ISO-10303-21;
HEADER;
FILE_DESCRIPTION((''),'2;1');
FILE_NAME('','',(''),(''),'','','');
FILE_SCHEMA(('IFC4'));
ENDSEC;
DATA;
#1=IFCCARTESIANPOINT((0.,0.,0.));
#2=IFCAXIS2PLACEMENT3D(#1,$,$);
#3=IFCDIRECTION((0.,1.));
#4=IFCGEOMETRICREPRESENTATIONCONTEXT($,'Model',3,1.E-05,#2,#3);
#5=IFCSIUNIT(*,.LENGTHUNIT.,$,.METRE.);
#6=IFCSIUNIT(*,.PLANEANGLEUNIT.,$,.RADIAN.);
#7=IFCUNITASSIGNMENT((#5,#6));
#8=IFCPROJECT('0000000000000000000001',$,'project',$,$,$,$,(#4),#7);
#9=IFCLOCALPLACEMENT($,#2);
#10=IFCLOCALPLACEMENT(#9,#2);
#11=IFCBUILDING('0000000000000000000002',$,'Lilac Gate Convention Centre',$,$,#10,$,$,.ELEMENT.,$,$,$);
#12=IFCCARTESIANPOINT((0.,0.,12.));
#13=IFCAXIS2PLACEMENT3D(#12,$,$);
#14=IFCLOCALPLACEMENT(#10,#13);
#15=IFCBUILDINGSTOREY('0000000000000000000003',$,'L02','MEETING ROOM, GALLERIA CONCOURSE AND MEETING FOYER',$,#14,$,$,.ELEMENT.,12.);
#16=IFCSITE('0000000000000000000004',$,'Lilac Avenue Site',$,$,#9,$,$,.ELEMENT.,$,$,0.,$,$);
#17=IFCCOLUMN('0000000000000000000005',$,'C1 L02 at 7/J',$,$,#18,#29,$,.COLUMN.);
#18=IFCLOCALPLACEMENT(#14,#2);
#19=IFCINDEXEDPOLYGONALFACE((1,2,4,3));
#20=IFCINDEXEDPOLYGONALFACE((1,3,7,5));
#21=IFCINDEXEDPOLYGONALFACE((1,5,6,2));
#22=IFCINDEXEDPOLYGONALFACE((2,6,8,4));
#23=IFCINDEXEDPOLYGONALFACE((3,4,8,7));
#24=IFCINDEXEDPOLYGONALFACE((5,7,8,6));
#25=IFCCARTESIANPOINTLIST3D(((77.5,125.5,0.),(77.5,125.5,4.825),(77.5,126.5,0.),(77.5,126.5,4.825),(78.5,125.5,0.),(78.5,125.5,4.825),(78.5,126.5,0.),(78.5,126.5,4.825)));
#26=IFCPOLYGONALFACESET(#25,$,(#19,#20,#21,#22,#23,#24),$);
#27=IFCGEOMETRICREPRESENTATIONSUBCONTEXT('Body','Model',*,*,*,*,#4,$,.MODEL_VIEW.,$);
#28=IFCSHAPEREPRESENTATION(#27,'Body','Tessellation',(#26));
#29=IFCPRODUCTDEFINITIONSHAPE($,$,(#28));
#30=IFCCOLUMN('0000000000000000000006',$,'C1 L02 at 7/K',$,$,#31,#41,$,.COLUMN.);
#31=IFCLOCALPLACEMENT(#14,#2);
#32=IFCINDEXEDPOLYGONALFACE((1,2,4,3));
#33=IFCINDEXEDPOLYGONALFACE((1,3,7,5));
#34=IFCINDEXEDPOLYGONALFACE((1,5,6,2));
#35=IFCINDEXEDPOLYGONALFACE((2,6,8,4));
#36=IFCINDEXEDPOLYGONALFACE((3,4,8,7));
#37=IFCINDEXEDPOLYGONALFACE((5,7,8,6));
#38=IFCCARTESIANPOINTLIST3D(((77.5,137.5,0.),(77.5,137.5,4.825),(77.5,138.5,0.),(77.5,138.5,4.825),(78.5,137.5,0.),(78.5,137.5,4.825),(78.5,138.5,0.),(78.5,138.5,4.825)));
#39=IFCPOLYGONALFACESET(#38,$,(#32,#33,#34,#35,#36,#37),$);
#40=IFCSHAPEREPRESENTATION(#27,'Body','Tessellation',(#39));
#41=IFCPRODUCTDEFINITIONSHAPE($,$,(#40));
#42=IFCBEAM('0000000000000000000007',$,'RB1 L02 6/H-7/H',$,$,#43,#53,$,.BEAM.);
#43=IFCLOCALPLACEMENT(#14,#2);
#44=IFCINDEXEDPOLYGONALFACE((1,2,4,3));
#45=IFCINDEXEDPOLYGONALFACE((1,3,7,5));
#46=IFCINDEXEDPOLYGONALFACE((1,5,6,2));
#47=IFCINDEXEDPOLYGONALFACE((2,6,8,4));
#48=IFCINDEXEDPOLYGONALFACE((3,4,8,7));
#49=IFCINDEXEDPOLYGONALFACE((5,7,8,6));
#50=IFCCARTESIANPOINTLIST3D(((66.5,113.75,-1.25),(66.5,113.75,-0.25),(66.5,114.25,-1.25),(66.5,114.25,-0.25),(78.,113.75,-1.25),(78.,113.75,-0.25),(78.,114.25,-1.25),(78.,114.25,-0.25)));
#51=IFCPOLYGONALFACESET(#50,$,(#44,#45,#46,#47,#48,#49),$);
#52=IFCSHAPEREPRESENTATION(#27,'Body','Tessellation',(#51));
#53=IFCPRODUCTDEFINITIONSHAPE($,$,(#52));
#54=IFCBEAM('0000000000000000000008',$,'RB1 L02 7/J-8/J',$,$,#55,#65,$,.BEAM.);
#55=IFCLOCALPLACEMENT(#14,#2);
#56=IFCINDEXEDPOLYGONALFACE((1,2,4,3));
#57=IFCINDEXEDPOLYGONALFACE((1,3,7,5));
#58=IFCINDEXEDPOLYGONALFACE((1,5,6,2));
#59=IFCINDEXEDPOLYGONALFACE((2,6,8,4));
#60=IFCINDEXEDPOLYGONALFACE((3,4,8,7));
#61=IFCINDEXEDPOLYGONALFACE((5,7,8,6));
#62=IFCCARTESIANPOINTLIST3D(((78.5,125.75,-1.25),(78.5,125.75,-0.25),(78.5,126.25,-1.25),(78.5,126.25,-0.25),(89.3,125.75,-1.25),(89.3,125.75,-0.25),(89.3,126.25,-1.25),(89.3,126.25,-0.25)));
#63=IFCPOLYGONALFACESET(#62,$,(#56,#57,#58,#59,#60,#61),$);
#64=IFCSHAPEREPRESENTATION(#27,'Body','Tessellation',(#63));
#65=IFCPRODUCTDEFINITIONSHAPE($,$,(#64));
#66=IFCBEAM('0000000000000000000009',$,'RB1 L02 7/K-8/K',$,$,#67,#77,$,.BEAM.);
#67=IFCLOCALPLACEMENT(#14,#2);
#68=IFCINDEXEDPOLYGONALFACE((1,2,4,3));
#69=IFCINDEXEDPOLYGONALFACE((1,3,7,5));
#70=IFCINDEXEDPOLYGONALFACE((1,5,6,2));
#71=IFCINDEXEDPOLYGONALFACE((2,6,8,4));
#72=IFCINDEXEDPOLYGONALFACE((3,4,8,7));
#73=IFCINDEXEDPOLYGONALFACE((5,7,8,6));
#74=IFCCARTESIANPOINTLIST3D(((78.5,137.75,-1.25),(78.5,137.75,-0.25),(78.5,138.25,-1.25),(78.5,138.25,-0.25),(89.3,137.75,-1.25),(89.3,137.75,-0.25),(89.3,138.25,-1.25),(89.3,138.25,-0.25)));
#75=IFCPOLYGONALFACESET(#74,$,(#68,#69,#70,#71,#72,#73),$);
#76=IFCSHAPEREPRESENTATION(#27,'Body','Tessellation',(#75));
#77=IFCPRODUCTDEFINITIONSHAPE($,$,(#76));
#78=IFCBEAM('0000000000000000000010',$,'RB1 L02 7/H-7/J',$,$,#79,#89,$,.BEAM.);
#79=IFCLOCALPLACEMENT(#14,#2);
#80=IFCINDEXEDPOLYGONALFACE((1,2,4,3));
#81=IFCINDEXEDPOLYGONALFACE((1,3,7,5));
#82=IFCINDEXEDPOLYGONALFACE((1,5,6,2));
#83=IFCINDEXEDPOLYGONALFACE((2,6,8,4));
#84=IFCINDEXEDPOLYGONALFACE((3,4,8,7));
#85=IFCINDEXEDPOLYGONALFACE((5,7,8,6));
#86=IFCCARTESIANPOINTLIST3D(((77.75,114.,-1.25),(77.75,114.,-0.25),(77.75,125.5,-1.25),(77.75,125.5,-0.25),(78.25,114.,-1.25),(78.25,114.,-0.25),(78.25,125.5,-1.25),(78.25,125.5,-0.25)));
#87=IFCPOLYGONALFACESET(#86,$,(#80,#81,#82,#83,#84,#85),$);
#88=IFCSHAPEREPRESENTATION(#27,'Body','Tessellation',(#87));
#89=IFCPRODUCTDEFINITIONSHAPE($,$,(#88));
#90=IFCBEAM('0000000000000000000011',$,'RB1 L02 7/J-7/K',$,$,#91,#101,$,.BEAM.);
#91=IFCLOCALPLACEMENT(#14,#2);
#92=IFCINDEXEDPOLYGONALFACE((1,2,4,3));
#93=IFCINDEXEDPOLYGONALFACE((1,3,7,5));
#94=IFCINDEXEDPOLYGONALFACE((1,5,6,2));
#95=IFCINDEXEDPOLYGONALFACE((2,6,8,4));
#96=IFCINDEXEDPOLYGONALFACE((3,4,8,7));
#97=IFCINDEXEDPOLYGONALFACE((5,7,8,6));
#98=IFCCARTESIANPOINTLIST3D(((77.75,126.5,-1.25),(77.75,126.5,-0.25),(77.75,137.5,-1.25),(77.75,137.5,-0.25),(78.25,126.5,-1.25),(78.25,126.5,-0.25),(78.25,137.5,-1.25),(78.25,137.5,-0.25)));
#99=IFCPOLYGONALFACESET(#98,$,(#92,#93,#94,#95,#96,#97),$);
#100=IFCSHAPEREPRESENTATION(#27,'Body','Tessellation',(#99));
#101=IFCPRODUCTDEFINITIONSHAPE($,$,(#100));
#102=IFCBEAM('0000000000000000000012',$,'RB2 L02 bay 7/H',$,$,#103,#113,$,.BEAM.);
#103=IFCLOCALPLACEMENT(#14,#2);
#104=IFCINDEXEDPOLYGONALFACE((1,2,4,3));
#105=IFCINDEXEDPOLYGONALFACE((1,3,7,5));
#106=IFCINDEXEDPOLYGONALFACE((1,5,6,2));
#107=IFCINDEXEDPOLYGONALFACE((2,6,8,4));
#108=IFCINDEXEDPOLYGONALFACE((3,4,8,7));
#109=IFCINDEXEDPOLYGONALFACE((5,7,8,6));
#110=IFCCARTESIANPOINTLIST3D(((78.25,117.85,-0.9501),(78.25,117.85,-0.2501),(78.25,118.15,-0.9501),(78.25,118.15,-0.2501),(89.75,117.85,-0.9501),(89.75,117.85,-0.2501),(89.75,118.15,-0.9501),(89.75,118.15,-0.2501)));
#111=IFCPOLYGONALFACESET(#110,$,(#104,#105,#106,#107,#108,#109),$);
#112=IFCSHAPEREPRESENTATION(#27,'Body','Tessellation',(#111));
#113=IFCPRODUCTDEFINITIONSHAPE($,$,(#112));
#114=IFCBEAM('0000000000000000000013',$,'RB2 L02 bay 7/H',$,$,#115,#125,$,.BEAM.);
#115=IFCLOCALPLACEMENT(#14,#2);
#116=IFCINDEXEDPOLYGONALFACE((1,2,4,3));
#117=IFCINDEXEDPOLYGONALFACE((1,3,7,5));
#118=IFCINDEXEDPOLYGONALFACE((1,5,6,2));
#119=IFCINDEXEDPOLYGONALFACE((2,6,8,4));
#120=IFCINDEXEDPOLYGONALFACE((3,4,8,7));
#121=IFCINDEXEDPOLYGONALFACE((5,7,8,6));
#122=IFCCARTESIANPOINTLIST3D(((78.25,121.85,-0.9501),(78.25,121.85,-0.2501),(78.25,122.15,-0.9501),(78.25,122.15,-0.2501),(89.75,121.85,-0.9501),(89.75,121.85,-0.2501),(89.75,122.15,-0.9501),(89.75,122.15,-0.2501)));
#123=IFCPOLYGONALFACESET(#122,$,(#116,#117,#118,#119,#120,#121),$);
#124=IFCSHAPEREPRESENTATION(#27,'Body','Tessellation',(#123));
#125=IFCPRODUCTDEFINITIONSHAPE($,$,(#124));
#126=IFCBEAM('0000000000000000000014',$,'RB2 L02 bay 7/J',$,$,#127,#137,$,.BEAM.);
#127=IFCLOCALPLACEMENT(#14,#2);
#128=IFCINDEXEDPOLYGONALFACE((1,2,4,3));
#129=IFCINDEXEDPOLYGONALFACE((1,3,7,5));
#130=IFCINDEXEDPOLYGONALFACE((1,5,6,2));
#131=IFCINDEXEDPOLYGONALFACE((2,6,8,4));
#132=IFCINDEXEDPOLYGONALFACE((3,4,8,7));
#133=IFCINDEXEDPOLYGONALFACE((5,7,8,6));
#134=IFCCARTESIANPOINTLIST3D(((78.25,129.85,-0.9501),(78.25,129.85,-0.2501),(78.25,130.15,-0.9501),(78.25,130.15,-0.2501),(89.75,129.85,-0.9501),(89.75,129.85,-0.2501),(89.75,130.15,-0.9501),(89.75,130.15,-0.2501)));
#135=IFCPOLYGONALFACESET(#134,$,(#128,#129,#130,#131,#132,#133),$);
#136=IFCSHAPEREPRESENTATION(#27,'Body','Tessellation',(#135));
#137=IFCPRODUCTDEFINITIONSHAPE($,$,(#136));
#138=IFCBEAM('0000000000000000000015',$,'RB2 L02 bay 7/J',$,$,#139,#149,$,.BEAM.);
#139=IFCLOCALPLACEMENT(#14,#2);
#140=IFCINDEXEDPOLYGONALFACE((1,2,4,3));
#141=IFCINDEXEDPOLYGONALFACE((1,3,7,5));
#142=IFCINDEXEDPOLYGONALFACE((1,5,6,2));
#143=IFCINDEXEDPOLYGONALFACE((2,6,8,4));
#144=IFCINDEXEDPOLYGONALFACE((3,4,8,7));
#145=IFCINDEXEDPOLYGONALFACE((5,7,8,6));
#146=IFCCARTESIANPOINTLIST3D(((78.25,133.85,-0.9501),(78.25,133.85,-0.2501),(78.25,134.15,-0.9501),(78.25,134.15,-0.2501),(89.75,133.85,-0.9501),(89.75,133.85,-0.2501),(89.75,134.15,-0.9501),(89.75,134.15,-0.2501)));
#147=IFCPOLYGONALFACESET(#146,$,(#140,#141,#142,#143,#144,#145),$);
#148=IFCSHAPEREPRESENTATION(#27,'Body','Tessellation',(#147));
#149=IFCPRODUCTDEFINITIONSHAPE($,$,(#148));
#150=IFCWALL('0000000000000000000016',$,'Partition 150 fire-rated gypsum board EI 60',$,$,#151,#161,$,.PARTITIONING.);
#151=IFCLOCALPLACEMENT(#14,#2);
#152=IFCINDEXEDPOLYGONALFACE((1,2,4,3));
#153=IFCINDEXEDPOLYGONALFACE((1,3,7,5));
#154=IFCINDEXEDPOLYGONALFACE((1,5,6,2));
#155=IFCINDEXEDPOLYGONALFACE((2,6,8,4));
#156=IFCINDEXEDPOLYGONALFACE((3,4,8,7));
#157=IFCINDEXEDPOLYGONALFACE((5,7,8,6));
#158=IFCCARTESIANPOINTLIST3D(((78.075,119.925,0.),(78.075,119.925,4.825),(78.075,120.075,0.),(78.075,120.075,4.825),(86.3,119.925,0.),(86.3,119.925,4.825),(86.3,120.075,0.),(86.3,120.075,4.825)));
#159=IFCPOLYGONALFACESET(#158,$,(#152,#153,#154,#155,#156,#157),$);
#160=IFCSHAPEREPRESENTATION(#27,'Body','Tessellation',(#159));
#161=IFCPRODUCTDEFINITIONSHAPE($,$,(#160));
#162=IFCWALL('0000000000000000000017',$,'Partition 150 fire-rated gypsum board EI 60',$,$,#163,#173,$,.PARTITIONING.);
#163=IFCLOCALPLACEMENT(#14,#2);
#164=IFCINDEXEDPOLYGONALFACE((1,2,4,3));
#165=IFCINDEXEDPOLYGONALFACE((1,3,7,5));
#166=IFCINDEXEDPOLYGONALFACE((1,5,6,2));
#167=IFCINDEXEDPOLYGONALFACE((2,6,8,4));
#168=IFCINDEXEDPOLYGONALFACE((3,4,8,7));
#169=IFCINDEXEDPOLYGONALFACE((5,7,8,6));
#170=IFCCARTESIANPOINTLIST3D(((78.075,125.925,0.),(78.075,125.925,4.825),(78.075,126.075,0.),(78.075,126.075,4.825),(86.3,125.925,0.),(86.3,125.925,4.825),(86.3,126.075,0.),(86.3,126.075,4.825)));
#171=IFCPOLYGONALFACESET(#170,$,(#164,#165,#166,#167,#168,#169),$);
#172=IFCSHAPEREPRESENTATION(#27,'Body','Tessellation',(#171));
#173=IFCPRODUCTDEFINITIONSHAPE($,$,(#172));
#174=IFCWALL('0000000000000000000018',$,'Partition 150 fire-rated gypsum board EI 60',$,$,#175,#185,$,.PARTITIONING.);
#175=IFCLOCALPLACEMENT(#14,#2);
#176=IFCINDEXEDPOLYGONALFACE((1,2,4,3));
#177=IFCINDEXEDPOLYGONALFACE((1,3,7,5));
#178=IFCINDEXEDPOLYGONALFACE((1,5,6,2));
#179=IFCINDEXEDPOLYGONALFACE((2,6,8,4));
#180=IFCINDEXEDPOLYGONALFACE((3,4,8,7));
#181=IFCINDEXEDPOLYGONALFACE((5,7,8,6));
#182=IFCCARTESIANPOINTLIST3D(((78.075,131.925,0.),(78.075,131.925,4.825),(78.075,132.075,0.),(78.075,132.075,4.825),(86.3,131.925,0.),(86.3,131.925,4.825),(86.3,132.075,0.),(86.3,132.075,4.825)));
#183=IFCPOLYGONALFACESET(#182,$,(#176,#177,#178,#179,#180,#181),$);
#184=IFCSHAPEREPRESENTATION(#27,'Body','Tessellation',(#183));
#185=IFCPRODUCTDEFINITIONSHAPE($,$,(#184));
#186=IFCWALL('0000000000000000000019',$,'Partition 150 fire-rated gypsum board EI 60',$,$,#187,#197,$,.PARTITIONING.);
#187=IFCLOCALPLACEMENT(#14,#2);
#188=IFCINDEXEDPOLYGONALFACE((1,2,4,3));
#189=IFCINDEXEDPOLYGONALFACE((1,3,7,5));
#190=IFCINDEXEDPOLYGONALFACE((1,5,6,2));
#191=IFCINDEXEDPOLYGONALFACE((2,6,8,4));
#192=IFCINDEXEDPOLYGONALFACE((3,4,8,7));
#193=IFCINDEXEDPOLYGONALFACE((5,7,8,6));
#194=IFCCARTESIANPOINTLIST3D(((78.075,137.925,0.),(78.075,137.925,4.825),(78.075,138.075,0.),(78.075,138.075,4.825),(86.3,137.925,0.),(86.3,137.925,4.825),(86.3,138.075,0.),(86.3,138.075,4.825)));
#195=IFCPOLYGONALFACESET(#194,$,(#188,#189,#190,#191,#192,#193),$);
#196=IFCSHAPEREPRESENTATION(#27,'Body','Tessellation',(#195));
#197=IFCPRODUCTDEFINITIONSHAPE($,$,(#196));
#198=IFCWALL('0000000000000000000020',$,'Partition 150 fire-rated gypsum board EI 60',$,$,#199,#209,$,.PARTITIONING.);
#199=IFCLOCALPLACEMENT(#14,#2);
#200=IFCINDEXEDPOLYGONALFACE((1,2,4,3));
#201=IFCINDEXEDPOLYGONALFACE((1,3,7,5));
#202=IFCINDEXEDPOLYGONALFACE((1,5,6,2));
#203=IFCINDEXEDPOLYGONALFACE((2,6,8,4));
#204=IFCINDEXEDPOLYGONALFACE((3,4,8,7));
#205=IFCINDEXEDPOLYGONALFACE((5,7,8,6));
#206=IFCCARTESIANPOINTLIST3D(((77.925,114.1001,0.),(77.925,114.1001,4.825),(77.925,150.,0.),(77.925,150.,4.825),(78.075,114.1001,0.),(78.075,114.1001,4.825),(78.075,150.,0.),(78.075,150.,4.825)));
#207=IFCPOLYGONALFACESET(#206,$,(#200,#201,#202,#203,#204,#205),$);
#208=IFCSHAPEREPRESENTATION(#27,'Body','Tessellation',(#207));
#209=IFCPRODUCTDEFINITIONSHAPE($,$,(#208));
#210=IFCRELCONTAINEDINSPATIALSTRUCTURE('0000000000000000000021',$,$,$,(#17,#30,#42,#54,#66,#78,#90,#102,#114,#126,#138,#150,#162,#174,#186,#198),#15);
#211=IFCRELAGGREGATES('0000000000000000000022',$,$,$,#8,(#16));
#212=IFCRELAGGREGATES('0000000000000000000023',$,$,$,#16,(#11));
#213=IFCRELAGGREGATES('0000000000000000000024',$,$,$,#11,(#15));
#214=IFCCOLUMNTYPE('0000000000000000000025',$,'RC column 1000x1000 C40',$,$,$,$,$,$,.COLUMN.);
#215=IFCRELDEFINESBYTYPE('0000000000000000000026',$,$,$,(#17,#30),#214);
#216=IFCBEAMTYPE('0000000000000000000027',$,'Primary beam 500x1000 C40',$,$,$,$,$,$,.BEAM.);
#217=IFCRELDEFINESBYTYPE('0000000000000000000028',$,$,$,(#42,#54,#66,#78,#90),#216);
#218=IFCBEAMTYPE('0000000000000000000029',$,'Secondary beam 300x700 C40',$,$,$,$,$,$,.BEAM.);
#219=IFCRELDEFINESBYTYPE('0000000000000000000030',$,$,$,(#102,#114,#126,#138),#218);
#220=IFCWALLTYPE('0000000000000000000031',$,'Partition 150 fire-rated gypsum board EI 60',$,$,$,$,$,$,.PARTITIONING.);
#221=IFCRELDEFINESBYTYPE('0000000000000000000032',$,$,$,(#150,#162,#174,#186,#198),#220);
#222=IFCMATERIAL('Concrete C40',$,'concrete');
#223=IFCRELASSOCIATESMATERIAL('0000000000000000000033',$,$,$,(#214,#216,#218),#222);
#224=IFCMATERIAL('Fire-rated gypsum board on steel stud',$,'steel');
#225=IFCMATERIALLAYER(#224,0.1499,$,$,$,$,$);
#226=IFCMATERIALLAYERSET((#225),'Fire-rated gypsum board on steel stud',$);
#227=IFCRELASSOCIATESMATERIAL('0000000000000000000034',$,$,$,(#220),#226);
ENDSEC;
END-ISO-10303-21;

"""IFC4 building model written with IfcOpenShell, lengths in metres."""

from ifc_helpers import new_model, si_unit, direction, frame, frame_2d, origin, origin_2d, place, context, subcontext, project, spatial, rectangle, extrude, material, layer, layer_set, material_profile, profile_set, type_object, element, save


model = new_model("IFC4")

# Units and contexts
model_context = context("Model", 3, precision=1e-05, world=origin(), true_north=direction((0.0, 1.0)))
body_context = subcontext(model_context, "Body", "Model", "MODEL_VIEW")
ifc_project = project(units=[si_unit("LENGTHUNIT", "METRE"), si_unit("PLANEANGLEUNIT", "RADIAN")], contexts=[model_context])

# Site, building, storey
site_placement = place(None, origin())
site = spatial("IfcSite", under=ifc_project, at=site_placement, Name="Lilac Avenue Site", CompositionType="ELEMENT", RefElevation=0.0)
building_placement = place(site_placement, origin())
building = spatial("IfcBuilding", under=site, at=building_placement, Name="Lilac Gate Convention Centre", CompositionType="ELEMENT")
storey_placement = place(building_placement, frame((0.0, 0.0, 12.0)))
storey = spatial("IfcBuildingStorey", under=building, at=storey_placement, Name="L02", Description="MEETING ROOM, GALLERIA CONCOURSE AND MEETING FOYER", CompositionType="ELEMENT", Elevation=12.0)

# Columns
ifc_material_1 = material(Name="Concrete C40", Category="concrete")
ifc_material_profile_1 = material_profile(ifc_material_1, rectangle(XDim=1.0, YDim=1.0, at=origin_2d()), Name="RC 1000x1000")
ifc_profile_set_1 = profile_set([ifc_material_profile_1], Name="Concrete C40")
column_type = type_object("IfcColumnType", Name="RC column 1000x1000 C40", PredefinedType="COLUMN", material=ifc_profile_set_1)
for number, where, z_axis, x_axis, name in (
    (1, (78.0, 126.0, 0.0), (0.0, 0.0, 1.0), (1.0, 0.0, 0.0), "C1 L02 at 7/J"),
    (2, (78.0, 138.0, 0.0), (0.0, 0.0, 1.0), (1.0, 0.0, 0.0), "C1 L02 at 7/K"),
):
    element("IfcColumn", number, at=place(storey_placement, frame(where, z_axis=z_axis, x_axis=x_axis)), inside=storey, type_object=column_type, Name=name, PredefinedType="COLUMN", context=body_context, shape_type="SweptSolid", body=[
        extrude(rectangle(XDim=1.0, YDim=1.0, at=origin_2d()), origin(), (0.0, 0.0, 1.0), 4.825),
    ])

# Beams
ifc_material_profile_2 = material_profile(ifc_material_1, rectangle(XDim=0.5, YDim=1.0, at=origin_2d()), Name="RC 500x1000")
ifc_profile_set_2 = profile_set([ifc_material_profile_2], Name="Concrete C40")
beam_type_1 = type_object("IfcBeamType", Name="Primary beam 500x1000 C40", PredefinedType="BEAM", material=ifc_profile_set_2)
beam_1_placement = place(storey_placement, frame((66.5, 114.0, -0.75), z_axis=(1.0, 0.0, 0.0), x_axis=(0.0, 1.0, 0.0)))
element("IfcBeam", 3, at=beam_1_placement, inside=storey, type_object=beam_type_1, Name="RB1 L02 6/H-7/H", PredefinedType="BEAM", context=body_context, shape_type="SweptSolid", body=[
    extrude(rectangle(XDim=0.5, YDim=1.0, at=origin_2d()), origin(), (0.0, 0.0, 1.0), 11.5),
])
for number, where, z_axis, x_axis, name in (
    (4, (78.5, 126.0, -0.75), (1.0, 0.0, 0.0), (0.0, 1.0, 0.0), "RB1 L02 7/J-8/J"),
    (5, (78.5, 138.0, -0.75), (1.0, 0.0, 0.0), (0.0, 1.0, 0.0), "RB1 L02 7/K-8/K"),
):
    element("IfcBeam", number, at=place(storey_placement, frame(where, z_axis=z_axis, x_axis=x_axis)), inside=storey, type_object=beam_type_1, Name=name, PredefinedType="BEAM", context=body_context, shape_type="SweptSolid", body=[
        extrude(rectangle(XDim=0.5, YDim=1.0, at=origin_2d()), origin(), (0.0, 0.0, 1.0), 10.8),
    ])
beam_2_placement = place(storey_placement, frame((78.0, 114.0, -0.75), z_axis=(0.0, 1.0, 0.0), x_axis=(-1.0, 0.0, 0.0)))
element("IfcBeam", 6, at=beam_2_placement, inside=storey, type_object=beam_type_1, Name="RB1 L02 7/H-7/J", PredefinedType="BEAM", context=body_context, shape_type="SweptSolid", body=[
    extrude(rectangle(XDim=0.5, YDim=1.0, at=origin_2d()), origin(), (0.0, 0.0, 1.0), 11.5),
])
beam_3_placement = place(storey_placement, frame((78.0, 126.5, -0.75), z_axis=(0.0, 1.0, 0.0), x_axis=(-1.0, 0.0, 0.0)))
element("IfcBeam", 7, at=beam_3_placement, inside=storey, type_object=beam_type_1, Name="RB1 L02 7/J-7/K", PredefinedType="BEAM", context=body_context, shape_type="SweptSolid", body=[
    extrude(rectangle(XDim=0.5, YDim=1.0, at=origin_2d()), origin(), (0.0, 0.0, 1.0), 11.0),
])
ifc_material_profile_3 = material_profile(ifc_material_1, rectangle(XDim=0.3, YDim=0.7, at=origin_2d()), Name="RC 300x700")
ifc_profile_set_3 = profile_set([ifc_material_profile_3], Name="Concrete C40")
beam_type_2 = type_object("IfcBeamType", Name="Secondary beam 300x700 C40", PredefinedType="BEAM", material=ifc_profile_set_3)
for number, where, z_axis, x_axis, name in (
    (8, (78.25, 118.0, -0.6001), (1.0, 0.0, 0.0), (0.0, 1.0, 0.0), "RB2 L02 bay 7/H"),
    (9, (78.25, 122.0, -0.6001), (1.0, 0.0, 0.0), (0.0, 1.0, 0.0), "RB2 L02 bay 7/H"),
    (10, (78.25, 130.0, -0.6001), (1.0, 0.0, 0.0), (0.0, 1.0, 0.0), "RB2 L02 bay 7/J"),
    (11, (78.25, 134.0, -0.6001), (1.0, 0.0, 0.0), (0.0, 1.0, 0.0), "RB2 L02 bay 7/J"),
):
    element("IfcBeam", number, at=place(storey_placement, frame(where, z_axis=z_axis, x_axis=x_axis)), inside=storey, type_object=beam_type_2, Name=name, PredefinedType="BEAM", context=body_context, shape_type="SweptSolid", body=[
        extrude(rectangle(XDim=0.3, YDim=0.7, at=origin_2d()), origin(), (0.0, 0.0, 1.0), 11.5),
    ])

# Walls
ifc_material_2 = material(Name="Fire-rated gypsum board on steel stud", Category="steel")
ifc_layer_1 = layer(ifc_material_2, 0.1499)
ifc_layer_set_1 = layer_set([ifc_layer_1], Name="Fire-rated gypsum board on steel stud")
wall_type_1 = type_object("IfcWallType", Name="Partition 150 fire-rated gypsum board EI 60", PredefinedType="PARTITIONING", material=ifc_layer_set_1)
for number, where, z_axis, x_axis, name in (
    (12, (78.075, 120.0, 0.0), (0.0, 0.0, 1.0), (1.0, 0.0, 0.0), "Partition 150 fire-rated gypsum board EI 60"),
    (13, (78.075, 126.0, 0.0), (0.0, 0.0, 1.0), (1.0, 0.0, 0.0), "Partition 150 fire-rated gypsum board EI 60"),
    (14, (78.075, 132.0, 0.0), (0.0, 0.0, 1.0), (1.0, 0.0, 0.0), "Partition 150 fire-rated gypsum board EI 60"),
    (15, (78.075, 138.0, 0.0), (0.0, 0.0, 1.0), (1.0, 0.0, 0.0), "Partition 150 fire-rated gypsum board EI 60"),
):
    element("IfcWall", number, at=place(storey_placement, frame(where, z_axis=z_axis, x_axis=x_axis)), inside=storey, type_object=wall_type_1, Name=name, PredefinedType="PARTITIONING", context=body_context, shape_type="SweptSolid", body=[
        extrude(rectangle(XDim=8.2251, YDim=0.1499, at=frame_2d((4.1125, 0.0))), origin(), (0.0, 0.0, 1.0), 4.825),
    ])
wall_1_placement = place(storey_placement, frame((78.0, 114.1001, 0.0), z_axis=(0.0, 0.0, 1.0), x_axis=(0.0, 1.0, 0.0)))
element("IfcWall", 16, at=wall_1_placement, inside=storey, type_object=wall_type_1, Name="Partition 150 fire-rated gypsum board EI 60", PredefinedType="PARTITIONING", context=body_context, shape_type="SweptSolid", body=[
    extrude(rectangle(XDim=35.8999, YDim=0.1499, at=frame_2d((17.95, 0.0))), origin(), (0.0, 0.0, 1.0), 4.825),
])

save(model, "model.ifc")
